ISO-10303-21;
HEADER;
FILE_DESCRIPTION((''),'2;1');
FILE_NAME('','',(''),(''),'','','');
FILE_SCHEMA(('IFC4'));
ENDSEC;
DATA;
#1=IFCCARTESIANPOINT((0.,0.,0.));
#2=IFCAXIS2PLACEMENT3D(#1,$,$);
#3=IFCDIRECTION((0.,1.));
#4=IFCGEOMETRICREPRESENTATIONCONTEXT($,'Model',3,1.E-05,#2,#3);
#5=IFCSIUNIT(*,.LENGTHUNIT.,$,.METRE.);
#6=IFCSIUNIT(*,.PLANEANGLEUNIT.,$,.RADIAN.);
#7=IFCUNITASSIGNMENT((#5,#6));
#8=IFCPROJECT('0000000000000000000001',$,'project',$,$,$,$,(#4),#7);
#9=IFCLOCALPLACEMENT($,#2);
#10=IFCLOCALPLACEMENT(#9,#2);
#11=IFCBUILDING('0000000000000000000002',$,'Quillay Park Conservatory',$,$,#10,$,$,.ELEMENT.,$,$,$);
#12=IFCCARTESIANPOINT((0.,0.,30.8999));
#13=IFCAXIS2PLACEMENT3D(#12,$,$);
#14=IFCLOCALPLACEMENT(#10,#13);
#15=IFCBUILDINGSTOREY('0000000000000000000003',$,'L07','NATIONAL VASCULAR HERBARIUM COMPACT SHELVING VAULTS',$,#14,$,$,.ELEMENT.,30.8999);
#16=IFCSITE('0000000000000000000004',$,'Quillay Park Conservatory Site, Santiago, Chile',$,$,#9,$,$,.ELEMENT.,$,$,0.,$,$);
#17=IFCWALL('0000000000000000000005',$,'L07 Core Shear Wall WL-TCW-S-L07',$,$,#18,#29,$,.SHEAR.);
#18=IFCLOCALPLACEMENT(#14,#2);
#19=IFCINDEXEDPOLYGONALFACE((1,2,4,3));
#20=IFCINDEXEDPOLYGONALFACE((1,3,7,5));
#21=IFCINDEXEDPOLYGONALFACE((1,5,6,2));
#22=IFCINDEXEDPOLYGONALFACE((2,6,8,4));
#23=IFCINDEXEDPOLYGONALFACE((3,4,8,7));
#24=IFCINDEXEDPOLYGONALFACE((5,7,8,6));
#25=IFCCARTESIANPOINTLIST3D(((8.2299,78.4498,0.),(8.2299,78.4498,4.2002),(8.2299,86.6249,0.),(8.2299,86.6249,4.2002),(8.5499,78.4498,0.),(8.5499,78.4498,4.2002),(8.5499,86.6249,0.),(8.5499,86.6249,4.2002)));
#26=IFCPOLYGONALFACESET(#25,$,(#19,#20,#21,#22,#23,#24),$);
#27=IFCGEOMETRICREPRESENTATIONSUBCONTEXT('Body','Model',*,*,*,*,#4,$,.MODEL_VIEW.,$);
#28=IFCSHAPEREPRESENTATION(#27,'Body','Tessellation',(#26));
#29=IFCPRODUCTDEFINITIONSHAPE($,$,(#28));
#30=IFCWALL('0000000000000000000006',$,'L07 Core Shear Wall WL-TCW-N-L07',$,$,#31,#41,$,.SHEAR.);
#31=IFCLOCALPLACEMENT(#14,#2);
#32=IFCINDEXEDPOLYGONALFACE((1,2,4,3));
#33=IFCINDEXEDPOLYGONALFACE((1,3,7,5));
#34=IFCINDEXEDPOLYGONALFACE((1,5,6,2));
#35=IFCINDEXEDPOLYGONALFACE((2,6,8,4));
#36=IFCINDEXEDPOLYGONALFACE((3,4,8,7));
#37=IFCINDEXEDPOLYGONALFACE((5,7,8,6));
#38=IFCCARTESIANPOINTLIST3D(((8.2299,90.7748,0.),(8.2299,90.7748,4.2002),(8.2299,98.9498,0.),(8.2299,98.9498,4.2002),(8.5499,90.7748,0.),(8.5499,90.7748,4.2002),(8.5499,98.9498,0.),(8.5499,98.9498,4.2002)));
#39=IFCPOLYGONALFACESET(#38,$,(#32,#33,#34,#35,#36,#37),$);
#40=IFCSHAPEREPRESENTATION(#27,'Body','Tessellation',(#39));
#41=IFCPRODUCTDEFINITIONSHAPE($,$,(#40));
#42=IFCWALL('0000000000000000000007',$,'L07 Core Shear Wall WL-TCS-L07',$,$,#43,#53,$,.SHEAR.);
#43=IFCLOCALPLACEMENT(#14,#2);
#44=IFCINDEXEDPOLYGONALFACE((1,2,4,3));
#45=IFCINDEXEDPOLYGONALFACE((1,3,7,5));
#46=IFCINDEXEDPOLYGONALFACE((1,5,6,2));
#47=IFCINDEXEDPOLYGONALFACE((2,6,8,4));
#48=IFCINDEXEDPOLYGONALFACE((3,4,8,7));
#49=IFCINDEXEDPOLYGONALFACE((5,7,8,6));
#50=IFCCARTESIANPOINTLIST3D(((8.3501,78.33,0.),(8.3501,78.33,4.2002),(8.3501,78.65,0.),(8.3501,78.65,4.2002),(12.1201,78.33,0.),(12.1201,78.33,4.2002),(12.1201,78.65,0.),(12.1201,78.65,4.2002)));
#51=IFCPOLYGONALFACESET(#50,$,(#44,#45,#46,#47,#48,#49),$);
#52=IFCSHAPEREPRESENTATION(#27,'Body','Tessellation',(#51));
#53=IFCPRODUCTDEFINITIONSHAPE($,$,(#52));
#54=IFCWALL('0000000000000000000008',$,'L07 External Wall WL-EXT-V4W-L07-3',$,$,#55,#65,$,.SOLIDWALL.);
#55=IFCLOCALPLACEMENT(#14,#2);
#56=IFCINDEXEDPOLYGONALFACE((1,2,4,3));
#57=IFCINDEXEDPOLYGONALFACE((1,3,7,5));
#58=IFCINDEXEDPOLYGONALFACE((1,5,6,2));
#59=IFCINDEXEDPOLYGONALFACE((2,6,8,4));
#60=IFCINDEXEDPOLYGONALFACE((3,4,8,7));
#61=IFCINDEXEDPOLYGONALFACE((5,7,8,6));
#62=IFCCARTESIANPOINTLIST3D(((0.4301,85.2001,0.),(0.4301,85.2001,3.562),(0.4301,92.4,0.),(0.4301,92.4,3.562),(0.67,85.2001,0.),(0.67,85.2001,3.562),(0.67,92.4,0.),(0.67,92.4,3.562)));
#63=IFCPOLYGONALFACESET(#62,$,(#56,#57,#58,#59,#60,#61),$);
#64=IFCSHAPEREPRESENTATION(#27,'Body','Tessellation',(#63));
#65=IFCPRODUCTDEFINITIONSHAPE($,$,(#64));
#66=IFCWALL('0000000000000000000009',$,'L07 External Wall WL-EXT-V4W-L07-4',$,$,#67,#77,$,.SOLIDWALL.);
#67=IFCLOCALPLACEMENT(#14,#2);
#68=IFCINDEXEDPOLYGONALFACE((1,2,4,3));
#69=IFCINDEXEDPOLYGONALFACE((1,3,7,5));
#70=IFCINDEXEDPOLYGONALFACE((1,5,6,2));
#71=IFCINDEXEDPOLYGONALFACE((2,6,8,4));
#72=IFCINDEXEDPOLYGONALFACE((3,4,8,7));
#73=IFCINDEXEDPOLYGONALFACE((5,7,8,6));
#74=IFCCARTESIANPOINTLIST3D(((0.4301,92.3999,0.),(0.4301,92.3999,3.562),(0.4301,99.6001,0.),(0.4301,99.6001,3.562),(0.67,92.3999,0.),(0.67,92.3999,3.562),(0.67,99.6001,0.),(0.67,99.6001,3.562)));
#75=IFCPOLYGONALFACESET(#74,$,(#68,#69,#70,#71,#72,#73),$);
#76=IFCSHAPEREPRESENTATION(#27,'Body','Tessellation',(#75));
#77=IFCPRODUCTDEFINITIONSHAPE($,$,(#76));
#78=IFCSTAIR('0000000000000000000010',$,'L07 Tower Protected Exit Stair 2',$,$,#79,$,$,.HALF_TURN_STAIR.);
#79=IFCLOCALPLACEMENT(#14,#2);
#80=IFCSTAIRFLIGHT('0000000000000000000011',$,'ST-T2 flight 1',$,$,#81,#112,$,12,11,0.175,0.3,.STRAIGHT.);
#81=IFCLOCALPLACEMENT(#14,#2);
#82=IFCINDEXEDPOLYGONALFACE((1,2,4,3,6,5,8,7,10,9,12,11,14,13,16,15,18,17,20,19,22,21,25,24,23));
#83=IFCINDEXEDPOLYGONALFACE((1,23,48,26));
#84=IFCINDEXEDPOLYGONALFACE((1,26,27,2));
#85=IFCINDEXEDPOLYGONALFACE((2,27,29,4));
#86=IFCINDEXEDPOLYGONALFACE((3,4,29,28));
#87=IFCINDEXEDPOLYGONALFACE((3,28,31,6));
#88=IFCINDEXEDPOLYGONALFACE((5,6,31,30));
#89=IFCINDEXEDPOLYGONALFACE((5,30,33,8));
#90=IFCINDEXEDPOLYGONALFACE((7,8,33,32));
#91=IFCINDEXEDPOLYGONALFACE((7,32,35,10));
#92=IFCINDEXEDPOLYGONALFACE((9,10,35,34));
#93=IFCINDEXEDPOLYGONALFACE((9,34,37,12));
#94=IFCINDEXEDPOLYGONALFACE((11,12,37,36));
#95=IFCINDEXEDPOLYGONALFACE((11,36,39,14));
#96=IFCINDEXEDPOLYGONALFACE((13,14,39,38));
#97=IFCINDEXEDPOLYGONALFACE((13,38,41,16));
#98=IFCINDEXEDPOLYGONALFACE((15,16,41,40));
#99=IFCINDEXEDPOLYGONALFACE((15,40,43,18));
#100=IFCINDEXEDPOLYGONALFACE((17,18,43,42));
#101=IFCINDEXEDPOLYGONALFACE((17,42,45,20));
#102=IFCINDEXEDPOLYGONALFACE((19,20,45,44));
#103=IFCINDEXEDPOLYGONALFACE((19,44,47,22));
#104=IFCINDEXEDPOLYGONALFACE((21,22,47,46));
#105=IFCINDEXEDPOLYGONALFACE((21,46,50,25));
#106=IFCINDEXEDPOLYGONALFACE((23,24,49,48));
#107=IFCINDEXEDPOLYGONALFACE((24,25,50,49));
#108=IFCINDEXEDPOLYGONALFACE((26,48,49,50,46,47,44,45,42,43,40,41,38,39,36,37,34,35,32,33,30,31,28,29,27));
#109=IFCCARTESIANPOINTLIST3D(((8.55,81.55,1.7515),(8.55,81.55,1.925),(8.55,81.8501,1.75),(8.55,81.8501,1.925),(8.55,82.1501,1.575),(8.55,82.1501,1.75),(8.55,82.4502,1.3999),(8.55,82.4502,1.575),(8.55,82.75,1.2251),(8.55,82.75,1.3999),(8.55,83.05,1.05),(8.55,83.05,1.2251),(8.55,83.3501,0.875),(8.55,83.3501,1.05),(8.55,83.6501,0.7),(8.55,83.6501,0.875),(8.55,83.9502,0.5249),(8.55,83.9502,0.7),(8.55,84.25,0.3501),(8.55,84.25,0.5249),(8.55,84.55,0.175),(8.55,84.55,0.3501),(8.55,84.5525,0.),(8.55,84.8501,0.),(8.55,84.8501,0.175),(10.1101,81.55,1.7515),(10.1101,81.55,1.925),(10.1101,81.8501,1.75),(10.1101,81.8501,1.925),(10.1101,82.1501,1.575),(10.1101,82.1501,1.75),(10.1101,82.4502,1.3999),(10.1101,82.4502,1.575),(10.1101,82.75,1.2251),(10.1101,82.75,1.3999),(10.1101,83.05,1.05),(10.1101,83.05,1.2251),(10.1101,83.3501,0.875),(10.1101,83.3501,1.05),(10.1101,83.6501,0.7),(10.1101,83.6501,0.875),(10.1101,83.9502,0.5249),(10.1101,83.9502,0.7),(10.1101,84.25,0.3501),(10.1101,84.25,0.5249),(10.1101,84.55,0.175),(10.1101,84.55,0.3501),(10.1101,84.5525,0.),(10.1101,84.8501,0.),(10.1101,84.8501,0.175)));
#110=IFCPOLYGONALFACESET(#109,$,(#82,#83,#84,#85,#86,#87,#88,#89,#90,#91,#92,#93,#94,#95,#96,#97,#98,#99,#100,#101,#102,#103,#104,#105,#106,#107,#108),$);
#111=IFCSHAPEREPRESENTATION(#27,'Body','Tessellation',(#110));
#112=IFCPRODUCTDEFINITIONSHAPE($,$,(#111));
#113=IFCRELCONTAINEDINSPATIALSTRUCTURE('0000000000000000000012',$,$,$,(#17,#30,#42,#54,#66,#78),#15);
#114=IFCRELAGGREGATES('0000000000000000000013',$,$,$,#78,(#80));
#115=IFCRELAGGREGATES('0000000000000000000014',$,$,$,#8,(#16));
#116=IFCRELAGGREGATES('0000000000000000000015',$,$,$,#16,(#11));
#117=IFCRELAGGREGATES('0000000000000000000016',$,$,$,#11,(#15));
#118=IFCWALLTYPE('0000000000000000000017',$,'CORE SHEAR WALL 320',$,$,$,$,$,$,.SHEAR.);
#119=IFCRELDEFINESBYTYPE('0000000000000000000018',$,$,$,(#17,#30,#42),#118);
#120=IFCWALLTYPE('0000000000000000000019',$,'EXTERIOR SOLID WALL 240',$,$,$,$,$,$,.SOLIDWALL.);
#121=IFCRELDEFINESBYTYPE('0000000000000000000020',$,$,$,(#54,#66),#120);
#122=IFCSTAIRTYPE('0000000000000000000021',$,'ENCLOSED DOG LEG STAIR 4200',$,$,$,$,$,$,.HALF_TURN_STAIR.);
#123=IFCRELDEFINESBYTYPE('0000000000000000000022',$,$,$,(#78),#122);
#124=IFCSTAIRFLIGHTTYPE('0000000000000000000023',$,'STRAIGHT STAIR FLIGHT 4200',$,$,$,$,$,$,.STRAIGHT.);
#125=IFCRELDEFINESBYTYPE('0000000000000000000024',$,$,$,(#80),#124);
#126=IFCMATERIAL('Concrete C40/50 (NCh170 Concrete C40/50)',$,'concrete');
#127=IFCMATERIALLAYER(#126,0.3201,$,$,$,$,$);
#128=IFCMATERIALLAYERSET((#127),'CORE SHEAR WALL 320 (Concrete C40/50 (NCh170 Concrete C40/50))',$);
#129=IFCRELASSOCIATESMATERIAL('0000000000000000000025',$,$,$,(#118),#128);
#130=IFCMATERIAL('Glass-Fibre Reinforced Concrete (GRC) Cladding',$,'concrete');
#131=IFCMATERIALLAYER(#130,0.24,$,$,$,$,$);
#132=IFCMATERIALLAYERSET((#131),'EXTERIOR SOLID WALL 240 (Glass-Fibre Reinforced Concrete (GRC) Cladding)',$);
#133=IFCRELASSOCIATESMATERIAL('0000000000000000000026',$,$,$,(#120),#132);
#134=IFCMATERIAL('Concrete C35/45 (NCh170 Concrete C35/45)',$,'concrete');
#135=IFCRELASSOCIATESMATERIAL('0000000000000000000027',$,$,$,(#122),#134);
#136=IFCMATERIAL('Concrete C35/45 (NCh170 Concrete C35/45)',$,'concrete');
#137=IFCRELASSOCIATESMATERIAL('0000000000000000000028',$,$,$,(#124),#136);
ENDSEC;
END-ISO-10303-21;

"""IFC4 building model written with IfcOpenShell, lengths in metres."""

from ifc_helpers import new_model, si_unit, direction, frame, frame_2d, origin, place, context, subcontext, project, spatial, polyline, rectangle, outline, extrude, material, layer, layer_set, type_object, element, aggregate, save


model = new_model("IFC4")

# Units and contexts
model_context = context("Model", 3, precision=1e-05, world=origin(), true_north=direction((0.0, 1.0)))
body_context = subcontext(model_context, "Body", "Model", "MODEL_VIEW")
ifc_project = project(units=[si_unit("LENGTHUNIT", "METRE"), si_unit("PLANEANGLEUNIT", "RADIAN")], contexts=[model_context])

# Site, building, storey
site_placement = place(None, origin())
site = spatial("IfcSite", under=ifc_project, at=site_placement, Name="Quillay Park Conservatory Site, Santiago, Chile", CompositionType="ELEMENT", RefElevation=0.0)
building_placement = place(site_placement, origin())
building = spatial("IfcBuilding", under=site, at=building_placement, Name="Quillay Park Conservatory", CompositionType="ELEMENT")
storey_placement = place(building_placement, frame((0.0, 0.0, 30.8999)))
storey = spatial("IfcBuildingStorey", under=building, at=storey_placement, Name="L07", Description="NATIONAL VASCULAR HERBARIUM COMPACT SHELVING VAULTS", CompositionType="ELEMENT", Elevation=30.8999)

# Walls
ifc_material_1 = material(Name="Concrete C40/50 (NCh170 Concrete C40/50)", Category="concrete")
ifc_layer_1 = layer(ifc_material_1, 0.3201)
ifc_layer_set_1 = layer_set([ifc_layer_1], Name="CORE SHEAR WALL 320 (Concrete C40/50 (NCh170 Concrete C40/50))")
wall_type_1 = type_object("IfcWallType", Name="CORE SHEAR WALL 320", PredefinedType="SHEAR", material=ifc_layer_set_1)
for number, where, z_axis, x_axis, name in (
    (1, (8.3899, 78.45, 0.0), (0.0, 0.0, 1.0), (0.0, 1.0, 0.0), "L07 Core Shear Wall WL-TCW-S-L07"),
    (2, (8.3899, 90.7749, 0.0), (0.0, 0.0, 1.0), (0.0, 1.0, 0.0), "L07 Core Shear Wall WL-TCW-N-L07"),
):
    element("IfcWall", number, at=place(storey_placement, frame(where, z_axis=z_axis, x_axis=x_axis)), inside=storey, type_object=wall_type_1, Name=name, PredefinedType="SHEAR", context=body_context, shape_type="SweptSolid", body=[
        extrude(rectangle(XDim=8.175, YDim=0.3201, at=frame_2d((4.0874, 0.0))), origin(), (0.0, 0.0, 1.0), 4.2002),
    ])
wall_1_placement = place(storey_placement, frame((8.3501, 78.49, 0.0), z_axis=(0.0, 0.0, 1.0), x_axis=(1.0, 0.0, 0.0)))
element("IfcWall", 3, at=wall_1_placement, inside=storey, type_object=wall_type_1, Name="L07 Core Shear Wall WL-TCS-L07", PredefinedType="SHEAR", context=body_context, shape_type="SweptSolid", body=[
    extrude(rectangle(XDim=3.77, YDim=0.3201, at=frame_2d((1.885, 0.0))), origin(), (0.0, 0.0, 1.0), 4.2002),
])
ifc_material_2 = material(Name="Glass-Fibre Reinforced Concrete (GRC) Cladding", Category="concrete")
ifc_layer_2 = layer(ifc_material_2, 0.24)
ifc_layer_set_2 = layer_set([ifc_layer_2], Name="EXTERIOR SOLID WALL 240 (Glass-Fibre Reinforced Concrete (GRC) Cladding)")
wall_type_2 = type_object("IfcWallType", Name="EXTERIOR SOLID WALL 240", PredefinedType="SOLIDWALL", material=ifc_layer_set_2)
wall_2_placement = place(storey_placement, frame((0.55, 85.2, 0.0), z_axis=(0.0, 0.0, 1.0), x_axis=(0.0, 1.0, 0.0)))
element("IfcWall", 4, at=wall_2_placement, inside=storey, type_object=wall_type_2, Name="L07 External Wall WL-EXT-V4W-L07-3", PredefinedType="SOLIDWALL", context=body_context, shape_type="SweptSolid", body=[
    extrude(rectangle(XDim=7.2, YDim=0.24, at=frame_2d((3.6001, 0.0))), origin(), (0.0, 0.0, 1.0), 3.562),
])
wall_3_placement = place(storey_placement, frame((0.55, 92.3999, 0.0), z_axis=(0.0, 0.0, 1.0), x_axis=(0.0, 1.0, 0.0)))
element("IfcWall", 5, at=wall_3_placement, inside=storey, type_object=wall_type_2, Name="L07 External Wall WL-EXT-V4W-L07-4", PredefinedType="SOLIDWALL", context=body_context, shape_type="SweptSolid", body=[
    extrude(rectangle(XDim=7.2002, YDim=0.24, at=frame_2d((3.6001, 0.0))), origin(), (0.0, 0.0, 1.0), 3.562),
])

# Stair, stair flight
ifc_material_3 = material(Name="Concrete C35/45 (NCh170 Concrete C35/45)", Category="concrete")
stair_type = type_object("IfcStairType", Name="ENCLOSED DOG LEG STAIR 4200", PredefinedType="HALF_TURN_STAIR", material=ifc_material_3)
stair_placement = place(storey_placement, origin())
stair = element("IfcStair", 6, at=stair_placement, inside=storey, type_object=stair_type, Name="L07 Tower Protected Exit Stair 2", PredefinedType="HALF_TURN_STAIR")
ifc_material_4 = material(Name="Concrete C35/45 (NCh170 Concrete C35/45)", Category="concrete")
stair_flight_type = type_object("IfcStairFlightType", Name="STRAIGHT STAIR FLIGHT 4200", PredefinedType="STRAIGHT", material=ifc_material_4)
stair_flight_placement = place(storey_placement, frame((9.3301, 84.8501, 0.0), z_axis=(0.0, 0.0, 1.0), x_axis=(0.0, -1.0, 0.0)))
stair_flight = element("IfcStairFlight", 7, at=stair_flight_placement, type_object=stair_flight_type, Name="ST-T2 flight 1", NumberOfRisers=12, NumberOfTreads=11, PredefinedType="STRAIGHT", RiserHeight=0.175, TreadLength=0.3, context=body_context, shape_type="SweptSolid", body=[
    extrude(outline(polyline([(0.0, 0.0), (0.0, 0.175), (0.3, 0.175), (0.3, 0.3501), (0.6001, 0.3501), (0.6001, 0.5249), (0.8999, 0.5249), (0.8999, 0.7), (1.2, 0.7), (1.2, 0.875), (1.5, 0.875), (1.5, 1.05), (1.8, 1.05), (1.8, 1.2251), (2.1001, 1.2251), (2.1001, 1.3999), (2.3999, 1.3999), (2.3999, 1.575), (2.7, 1.575), (2.7, 1.75), (3.0, 1.75), (3.0, 1.925), (3.3, 1.925), (3.3, 2.1001), (3.3, 1.7515), (0.2976, 0.0), (0.0, 0.0)])), frame((0.0, 0.78, 0.0), z_axis=(0.0, -1.0, 0.0), x_axis=(1.0, 0.0, 0.0)), (0.0, 0.0, 1.0), 1.5601),
])
aggregate(stair, [stair_flight])

save(model, "model.ifc")
